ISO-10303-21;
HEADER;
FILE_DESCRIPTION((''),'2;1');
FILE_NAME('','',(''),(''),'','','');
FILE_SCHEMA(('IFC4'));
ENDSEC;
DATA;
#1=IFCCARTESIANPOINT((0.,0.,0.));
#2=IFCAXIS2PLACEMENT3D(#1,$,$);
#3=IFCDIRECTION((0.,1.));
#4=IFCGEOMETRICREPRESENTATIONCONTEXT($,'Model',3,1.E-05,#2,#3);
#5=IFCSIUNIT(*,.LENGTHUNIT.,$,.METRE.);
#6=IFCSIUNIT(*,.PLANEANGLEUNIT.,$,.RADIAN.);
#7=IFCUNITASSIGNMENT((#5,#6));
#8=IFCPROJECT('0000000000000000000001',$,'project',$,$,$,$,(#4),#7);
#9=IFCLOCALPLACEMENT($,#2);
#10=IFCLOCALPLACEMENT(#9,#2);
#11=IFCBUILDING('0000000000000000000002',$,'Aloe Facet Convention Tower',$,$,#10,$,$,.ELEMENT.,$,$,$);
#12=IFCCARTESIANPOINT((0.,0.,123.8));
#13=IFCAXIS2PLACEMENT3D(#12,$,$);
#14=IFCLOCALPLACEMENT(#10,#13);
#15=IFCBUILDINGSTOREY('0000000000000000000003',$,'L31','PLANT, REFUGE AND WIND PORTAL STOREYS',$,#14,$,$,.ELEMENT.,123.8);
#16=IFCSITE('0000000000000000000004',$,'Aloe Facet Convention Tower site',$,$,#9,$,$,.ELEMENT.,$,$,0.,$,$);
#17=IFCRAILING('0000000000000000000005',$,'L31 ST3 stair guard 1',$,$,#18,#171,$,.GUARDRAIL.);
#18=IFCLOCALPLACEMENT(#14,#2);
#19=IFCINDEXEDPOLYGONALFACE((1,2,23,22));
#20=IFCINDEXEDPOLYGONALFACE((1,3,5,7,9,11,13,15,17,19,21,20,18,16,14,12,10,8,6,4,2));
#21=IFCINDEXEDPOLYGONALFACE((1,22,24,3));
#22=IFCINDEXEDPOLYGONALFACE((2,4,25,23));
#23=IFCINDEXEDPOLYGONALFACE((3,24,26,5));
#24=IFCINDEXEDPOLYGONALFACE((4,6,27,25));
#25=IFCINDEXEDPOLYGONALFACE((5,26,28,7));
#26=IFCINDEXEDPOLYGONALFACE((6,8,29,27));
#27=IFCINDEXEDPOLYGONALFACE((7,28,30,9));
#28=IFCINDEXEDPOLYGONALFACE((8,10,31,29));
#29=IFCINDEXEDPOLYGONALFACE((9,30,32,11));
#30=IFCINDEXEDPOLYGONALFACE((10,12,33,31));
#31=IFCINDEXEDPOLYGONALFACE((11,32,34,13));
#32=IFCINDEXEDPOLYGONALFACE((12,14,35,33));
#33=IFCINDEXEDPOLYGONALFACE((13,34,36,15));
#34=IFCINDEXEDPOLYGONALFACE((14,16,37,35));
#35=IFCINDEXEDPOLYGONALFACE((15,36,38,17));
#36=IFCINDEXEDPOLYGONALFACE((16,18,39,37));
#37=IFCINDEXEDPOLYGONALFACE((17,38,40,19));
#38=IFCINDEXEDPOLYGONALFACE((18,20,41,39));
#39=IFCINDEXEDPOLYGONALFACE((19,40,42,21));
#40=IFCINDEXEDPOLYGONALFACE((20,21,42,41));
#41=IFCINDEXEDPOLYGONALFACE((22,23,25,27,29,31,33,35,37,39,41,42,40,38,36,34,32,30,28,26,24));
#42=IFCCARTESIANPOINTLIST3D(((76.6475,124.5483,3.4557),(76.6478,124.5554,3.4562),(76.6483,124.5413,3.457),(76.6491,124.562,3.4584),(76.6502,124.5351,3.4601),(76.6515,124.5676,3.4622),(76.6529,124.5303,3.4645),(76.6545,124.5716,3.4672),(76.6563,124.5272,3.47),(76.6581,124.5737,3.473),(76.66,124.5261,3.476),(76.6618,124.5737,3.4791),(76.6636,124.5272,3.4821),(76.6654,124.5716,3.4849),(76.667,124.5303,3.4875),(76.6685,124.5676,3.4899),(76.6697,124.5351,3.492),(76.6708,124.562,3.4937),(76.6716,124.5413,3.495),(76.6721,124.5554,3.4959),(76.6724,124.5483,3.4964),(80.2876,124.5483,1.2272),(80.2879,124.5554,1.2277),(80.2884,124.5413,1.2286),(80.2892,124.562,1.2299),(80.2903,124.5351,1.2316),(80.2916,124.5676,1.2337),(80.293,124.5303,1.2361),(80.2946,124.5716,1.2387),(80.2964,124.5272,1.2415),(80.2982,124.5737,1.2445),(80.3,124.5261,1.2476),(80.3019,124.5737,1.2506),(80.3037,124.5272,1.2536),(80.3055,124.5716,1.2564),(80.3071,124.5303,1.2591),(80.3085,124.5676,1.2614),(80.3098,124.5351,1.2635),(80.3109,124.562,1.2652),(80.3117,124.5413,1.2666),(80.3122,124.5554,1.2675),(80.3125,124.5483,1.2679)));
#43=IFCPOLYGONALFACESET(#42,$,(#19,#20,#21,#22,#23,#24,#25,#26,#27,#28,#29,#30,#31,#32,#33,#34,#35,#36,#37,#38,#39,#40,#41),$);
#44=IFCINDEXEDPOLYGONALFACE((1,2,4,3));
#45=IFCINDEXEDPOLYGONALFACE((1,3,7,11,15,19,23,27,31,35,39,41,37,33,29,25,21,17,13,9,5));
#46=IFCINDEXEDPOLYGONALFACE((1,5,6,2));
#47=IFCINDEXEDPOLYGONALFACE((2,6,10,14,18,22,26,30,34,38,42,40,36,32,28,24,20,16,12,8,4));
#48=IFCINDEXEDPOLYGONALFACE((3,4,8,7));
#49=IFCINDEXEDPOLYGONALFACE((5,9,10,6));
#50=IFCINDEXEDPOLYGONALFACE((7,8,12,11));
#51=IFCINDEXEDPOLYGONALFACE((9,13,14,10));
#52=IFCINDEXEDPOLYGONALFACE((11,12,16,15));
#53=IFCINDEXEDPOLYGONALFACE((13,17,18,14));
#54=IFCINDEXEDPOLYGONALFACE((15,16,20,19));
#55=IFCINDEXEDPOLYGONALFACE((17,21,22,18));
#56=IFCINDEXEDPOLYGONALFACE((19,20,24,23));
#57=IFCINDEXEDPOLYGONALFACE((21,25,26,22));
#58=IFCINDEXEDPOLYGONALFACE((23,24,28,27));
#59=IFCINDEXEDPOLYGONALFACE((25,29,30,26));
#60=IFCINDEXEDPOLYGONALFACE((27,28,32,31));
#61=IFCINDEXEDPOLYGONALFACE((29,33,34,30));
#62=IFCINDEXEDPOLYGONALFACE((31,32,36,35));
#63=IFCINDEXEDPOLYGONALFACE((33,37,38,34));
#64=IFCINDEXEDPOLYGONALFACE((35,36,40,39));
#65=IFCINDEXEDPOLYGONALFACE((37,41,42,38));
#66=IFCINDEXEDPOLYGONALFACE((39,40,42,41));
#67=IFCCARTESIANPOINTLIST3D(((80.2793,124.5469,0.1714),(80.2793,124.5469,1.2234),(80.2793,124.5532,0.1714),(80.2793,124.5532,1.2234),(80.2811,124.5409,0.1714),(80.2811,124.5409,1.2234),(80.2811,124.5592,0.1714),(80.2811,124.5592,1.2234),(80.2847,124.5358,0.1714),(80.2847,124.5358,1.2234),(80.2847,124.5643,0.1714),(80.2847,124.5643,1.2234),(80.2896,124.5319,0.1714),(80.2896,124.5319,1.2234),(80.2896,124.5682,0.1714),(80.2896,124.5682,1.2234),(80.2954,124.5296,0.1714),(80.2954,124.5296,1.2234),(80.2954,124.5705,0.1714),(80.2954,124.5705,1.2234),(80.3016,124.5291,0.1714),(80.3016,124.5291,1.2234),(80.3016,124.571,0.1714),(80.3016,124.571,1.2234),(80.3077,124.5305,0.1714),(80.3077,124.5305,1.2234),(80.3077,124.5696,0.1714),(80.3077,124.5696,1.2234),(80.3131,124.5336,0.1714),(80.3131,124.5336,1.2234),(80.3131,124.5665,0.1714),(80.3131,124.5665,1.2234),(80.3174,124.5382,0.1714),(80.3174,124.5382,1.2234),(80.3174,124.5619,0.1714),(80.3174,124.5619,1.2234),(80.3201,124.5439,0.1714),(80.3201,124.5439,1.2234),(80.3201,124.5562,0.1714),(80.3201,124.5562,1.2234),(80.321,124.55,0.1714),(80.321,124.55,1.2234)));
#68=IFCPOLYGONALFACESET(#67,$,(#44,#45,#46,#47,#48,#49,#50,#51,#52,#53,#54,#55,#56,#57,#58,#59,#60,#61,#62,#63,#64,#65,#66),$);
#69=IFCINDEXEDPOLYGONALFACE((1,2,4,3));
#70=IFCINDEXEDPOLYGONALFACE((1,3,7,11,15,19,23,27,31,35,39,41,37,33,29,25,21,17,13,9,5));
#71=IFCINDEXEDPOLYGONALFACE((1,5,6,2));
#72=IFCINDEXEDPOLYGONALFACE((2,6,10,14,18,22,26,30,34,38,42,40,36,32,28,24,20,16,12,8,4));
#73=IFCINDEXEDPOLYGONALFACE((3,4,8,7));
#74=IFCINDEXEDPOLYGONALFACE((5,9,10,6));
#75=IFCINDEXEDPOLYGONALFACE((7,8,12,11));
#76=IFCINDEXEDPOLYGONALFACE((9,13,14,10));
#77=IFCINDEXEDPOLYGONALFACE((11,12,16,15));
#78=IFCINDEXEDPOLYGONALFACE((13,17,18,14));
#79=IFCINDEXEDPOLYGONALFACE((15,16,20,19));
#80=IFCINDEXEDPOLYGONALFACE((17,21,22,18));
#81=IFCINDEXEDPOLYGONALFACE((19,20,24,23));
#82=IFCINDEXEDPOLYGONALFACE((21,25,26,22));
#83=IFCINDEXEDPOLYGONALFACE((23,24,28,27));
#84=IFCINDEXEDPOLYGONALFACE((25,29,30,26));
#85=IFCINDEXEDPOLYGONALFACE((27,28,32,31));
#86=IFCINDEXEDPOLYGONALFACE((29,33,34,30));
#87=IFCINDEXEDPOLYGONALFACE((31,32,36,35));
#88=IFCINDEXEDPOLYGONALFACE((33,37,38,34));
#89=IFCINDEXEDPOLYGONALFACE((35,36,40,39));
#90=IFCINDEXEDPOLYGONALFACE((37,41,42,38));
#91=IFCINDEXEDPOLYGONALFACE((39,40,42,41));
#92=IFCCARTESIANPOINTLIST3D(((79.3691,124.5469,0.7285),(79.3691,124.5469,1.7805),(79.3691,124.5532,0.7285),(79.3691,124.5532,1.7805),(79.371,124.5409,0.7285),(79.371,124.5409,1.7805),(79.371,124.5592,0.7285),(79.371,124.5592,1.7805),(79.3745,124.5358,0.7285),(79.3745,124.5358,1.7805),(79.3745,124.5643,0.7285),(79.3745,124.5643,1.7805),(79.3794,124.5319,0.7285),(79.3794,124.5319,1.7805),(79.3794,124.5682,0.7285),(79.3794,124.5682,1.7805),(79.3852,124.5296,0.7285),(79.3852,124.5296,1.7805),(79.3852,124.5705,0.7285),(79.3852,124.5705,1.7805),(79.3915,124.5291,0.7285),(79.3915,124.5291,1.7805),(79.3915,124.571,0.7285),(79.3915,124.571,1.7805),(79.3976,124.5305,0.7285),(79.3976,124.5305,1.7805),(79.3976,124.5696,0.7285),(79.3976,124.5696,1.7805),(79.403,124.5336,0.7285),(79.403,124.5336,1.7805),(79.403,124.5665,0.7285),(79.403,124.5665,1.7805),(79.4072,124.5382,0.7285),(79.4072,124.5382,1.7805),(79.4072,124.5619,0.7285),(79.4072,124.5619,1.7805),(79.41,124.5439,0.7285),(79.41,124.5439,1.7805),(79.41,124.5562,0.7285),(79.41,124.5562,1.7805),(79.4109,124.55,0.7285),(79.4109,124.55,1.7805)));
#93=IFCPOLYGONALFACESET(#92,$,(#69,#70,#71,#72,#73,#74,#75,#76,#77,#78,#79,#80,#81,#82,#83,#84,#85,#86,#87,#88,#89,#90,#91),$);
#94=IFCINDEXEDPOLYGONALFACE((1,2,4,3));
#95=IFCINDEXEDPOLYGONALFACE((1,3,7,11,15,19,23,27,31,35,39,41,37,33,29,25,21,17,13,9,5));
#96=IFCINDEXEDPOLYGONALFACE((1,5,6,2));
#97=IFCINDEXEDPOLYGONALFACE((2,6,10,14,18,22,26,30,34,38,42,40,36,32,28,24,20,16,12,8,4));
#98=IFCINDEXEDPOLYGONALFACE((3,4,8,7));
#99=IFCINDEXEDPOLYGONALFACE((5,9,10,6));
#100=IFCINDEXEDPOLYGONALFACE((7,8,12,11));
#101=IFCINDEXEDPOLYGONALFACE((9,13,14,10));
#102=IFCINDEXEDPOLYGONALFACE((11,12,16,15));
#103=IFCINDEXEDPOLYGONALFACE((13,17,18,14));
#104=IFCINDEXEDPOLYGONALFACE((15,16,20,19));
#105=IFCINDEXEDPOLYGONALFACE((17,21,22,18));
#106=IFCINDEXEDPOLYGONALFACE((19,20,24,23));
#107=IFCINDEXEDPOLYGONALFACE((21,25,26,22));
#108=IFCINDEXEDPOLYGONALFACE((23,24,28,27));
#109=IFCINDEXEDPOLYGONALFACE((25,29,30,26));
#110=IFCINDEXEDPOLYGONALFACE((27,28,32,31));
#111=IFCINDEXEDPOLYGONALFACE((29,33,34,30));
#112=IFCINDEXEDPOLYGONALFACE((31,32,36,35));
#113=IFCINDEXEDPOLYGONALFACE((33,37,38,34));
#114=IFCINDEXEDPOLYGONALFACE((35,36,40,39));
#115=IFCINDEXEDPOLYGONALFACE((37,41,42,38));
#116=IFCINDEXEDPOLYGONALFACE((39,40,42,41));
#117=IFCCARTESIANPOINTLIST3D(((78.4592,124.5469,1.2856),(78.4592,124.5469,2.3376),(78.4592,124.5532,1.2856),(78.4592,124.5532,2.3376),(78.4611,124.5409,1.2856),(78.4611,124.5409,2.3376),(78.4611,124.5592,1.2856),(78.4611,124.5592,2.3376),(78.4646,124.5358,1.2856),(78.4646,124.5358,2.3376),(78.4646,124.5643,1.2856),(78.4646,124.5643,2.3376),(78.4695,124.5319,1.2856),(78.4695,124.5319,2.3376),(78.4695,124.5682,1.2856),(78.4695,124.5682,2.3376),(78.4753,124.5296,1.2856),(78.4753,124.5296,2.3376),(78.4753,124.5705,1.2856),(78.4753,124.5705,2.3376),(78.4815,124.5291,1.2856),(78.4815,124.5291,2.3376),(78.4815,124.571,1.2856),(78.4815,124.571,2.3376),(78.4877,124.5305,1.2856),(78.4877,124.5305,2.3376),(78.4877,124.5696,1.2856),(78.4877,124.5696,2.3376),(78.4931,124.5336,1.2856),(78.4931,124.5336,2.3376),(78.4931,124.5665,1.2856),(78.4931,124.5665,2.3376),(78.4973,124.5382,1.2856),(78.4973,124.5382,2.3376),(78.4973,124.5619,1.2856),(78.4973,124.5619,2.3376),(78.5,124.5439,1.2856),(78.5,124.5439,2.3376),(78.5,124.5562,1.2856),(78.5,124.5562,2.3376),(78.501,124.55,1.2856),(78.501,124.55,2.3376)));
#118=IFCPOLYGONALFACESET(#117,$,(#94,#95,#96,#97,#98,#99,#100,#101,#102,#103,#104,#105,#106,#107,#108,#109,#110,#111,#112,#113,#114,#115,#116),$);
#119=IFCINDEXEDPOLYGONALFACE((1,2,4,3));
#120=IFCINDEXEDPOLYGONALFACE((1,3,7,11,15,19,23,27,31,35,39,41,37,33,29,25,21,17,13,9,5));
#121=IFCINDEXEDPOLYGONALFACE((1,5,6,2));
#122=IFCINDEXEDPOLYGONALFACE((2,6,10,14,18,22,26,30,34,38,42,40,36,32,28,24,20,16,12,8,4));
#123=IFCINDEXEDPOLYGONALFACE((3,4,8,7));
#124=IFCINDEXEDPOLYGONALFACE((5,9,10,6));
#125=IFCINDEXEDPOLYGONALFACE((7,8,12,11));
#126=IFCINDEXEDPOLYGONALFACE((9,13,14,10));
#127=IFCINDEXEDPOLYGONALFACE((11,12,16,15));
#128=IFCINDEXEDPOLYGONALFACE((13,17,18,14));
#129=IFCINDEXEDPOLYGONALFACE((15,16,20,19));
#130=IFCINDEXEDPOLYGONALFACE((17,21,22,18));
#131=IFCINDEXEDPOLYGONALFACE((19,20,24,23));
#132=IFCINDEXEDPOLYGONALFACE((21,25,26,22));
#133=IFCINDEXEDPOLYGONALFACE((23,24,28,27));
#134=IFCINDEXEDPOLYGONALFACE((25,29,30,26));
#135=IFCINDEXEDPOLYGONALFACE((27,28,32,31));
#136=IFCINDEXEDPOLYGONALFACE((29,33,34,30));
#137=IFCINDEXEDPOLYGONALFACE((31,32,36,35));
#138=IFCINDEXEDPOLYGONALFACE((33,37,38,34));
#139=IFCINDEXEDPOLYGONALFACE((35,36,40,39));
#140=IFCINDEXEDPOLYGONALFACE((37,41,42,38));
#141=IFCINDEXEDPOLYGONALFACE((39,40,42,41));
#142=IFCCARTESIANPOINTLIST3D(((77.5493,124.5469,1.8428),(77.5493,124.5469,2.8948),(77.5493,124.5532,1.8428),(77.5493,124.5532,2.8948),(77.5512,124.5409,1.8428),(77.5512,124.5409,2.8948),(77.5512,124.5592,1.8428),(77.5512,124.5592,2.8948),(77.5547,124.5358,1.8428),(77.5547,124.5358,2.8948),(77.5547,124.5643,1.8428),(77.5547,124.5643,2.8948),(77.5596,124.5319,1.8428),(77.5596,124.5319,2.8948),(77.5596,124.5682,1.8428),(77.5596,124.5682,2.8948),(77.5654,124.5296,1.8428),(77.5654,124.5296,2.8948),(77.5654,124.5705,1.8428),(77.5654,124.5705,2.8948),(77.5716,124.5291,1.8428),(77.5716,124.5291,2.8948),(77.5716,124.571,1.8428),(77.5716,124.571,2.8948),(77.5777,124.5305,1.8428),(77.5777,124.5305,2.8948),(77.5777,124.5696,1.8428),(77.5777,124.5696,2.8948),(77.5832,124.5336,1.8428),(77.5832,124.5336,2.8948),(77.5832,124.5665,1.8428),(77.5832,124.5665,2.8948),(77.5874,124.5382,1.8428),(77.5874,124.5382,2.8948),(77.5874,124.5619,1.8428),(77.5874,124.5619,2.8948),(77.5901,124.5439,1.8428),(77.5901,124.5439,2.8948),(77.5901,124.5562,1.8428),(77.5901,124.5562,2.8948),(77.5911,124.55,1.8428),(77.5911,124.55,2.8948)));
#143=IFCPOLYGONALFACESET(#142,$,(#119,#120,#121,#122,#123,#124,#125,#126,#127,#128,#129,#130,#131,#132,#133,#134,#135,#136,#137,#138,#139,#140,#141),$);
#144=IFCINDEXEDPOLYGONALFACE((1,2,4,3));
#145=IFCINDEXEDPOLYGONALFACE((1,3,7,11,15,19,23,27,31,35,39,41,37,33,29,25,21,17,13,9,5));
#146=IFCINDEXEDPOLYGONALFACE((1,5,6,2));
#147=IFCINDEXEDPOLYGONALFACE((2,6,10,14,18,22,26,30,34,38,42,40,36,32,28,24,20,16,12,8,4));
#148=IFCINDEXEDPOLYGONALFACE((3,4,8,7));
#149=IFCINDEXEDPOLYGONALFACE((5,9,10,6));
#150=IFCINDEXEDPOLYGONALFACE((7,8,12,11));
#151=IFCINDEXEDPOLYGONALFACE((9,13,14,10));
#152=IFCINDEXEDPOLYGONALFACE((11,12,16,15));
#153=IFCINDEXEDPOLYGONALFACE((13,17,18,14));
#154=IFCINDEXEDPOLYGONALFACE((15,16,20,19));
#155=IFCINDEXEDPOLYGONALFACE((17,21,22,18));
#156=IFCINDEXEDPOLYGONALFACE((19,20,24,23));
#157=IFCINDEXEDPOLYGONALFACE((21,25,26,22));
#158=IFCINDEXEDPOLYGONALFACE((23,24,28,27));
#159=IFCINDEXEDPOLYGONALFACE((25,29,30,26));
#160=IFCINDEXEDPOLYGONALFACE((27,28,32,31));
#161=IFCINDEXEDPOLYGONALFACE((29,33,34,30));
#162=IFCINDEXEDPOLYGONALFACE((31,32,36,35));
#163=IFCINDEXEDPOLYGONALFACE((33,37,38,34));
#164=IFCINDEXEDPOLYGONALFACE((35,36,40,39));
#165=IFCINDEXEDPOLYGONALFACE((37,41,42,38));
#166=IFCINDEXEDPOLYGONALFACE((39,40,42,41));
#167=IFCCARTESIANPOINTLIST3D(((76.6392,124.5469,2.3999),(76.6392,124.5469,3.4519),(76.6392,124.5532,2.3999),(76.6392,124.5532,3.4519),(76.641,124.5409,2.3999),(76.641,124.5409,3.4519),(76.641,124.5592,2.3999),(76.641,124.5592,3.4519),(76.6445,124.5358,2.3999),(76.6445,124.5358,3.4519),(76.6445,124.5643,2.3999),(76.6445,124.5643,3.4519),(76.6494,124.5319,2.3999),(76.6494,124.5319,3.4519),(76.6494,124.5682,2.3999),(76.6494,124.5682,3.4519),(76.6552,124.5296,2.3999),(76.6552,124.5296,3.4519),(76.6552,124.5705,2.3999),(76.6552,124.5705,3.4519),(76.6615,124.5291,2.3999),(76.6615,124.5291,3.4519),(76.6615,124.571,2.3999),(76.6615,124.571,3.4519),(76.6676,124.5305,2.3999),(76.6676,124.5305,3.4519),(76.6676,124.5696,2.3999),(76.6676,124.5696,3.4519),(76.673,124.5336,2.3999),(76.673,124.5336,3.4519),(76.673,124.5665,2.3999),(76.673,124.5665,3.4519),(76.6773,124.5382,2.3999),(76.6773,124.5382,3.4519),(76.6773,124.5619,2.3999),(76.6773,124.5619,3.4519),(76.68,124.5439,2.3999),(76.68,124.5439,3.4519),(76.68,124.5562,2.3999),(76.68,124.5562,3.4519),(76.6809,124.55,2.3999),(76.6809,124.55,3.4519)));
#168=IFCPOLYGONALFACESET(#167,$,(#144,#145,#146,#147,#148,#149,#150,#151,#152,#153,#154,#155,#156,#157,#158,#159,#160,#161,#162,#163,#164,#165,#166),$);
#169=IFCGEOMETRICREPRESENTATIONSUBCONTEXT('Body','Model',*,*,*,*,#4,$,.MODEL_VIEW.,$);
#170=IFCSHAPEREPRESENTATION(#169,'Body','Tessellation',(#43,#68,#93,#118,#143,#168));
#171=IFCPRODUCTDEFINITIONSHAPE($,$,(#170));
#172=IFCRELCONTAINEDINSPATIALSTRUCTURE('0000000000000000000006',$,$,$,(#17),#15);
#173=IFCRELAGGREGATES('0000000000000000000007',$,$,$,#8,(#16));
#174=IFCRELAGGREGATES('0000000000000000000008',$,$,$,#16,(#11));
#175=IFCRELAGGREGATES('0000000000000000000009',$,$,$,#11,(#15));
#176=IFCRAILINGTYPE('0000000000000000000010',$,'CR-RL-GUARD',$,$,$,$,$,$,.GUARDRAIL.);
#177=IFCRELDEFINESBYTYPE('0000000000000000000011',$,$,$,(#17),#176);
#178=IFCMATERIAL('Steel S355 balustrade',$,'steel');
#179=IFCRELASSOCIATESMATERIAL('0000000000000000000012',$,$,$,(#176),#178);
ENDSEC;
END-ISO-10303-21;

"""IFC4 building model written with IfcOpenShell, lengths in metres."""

from ifc_helpers import new_model, si_unit, direction, frame, origin, origin_2d, place, context, subcontext, project, spatial, circle, extrude, material, type_object, element, save


model = new_model("IFC4")

# Units and contexts
model_context = context("Model", 3, precision=1e-05, world=origin(), true_north=direction((0.0, 1.0)))
body_context = subcontext(model_context, "Body", "Model", "MODEL_VIEW")
ifc_project = project(units=[si_unit("LENGTHUNIT", "METRE"), si_unit("PLANEANGLEUNIT", "RADIAN")], contexts=[model_context])

# Site, building, storey
site_placement = place(None, origin())
site = spatial("IfcSite", under=ifc_project, at=site_placement, Name="Aloe Facet Convention Tower site", CompositionType="ELEMENT", RefElevation=0.0)
building_placement = place(site_placement, origin())
building = spatial("IfcBuilding", under=site, at=building_placement, Name="Aloe Facet Convention Tower", CompositionType="ELEMENT")
storey_placement = place(building_placement, frame((0.0, 0.0, 123.8)))
storey = spatial("IfcBuildingStorey", under=building, at=storey_placement, Name="L31", Description="PLANT, REFUGE AND WIND PORTAL STOREYS", CompositionType="ELEMENT", Elevation=123.8)

# Railing
ifc_material_1 = material(Name="Steel S355 balustrade", Category="steel")
railing_type_1 = type_object("IfcRailingType", Name="CR-RL-GUARD", PredefinedType="GUARDRAIL", material=ifc_material_1)
railing_1_placement = place(storey_placement, frame((80.3, 124.55, 0.1714)))
element("IfcRailing", 1, at=railing_1_placement, inside=storey, type_object=railing_type_1, Name="L31 ST3 stair guard 1", PredefinedType="GUARDRAIL", context=body_context, shape_type="SweptSolid", body=[
    extrude(circle(Radius=0.0239, at=origin_2d()), frame((0.0, 0.0, 1.0762), z_axis=(-0.852866, 0.0, 0.52213), x_axis=(0.0, -1.0, 0.0)), (0.0, 0.0, 1.0), 4.2681),
    extrude(circle(Radius=0.021, at=origin_2d()), origin(), (0.0, 0.0, 1.0), 1.052),
    extrude(circle(Radius=0.021, at=origin_2d()), frame((-0.9102, 0.0, 0.5571)), (0.0, 0.0, 1.0), 1.052),
    extrude(circle(Radius=0.021, at=origin_2d()), frame((-1.8201, 0.0, 1.1143)), (0.0, 0.0, 1.0), 1.052),
    extrude(circle(Radius=0.021, at=origin_2d()), frame((-2.73, 0.0, 1.6714)), (0.0, 0.0, 1.0), 1.052),
    extrude(circle(Radius=0.021, at=origin_2d()), frame((-3.6401, 0.0, 2.2285)), (0.0, 0.0, 1.0), 1.052),
])

save(model, "model.ifc")
